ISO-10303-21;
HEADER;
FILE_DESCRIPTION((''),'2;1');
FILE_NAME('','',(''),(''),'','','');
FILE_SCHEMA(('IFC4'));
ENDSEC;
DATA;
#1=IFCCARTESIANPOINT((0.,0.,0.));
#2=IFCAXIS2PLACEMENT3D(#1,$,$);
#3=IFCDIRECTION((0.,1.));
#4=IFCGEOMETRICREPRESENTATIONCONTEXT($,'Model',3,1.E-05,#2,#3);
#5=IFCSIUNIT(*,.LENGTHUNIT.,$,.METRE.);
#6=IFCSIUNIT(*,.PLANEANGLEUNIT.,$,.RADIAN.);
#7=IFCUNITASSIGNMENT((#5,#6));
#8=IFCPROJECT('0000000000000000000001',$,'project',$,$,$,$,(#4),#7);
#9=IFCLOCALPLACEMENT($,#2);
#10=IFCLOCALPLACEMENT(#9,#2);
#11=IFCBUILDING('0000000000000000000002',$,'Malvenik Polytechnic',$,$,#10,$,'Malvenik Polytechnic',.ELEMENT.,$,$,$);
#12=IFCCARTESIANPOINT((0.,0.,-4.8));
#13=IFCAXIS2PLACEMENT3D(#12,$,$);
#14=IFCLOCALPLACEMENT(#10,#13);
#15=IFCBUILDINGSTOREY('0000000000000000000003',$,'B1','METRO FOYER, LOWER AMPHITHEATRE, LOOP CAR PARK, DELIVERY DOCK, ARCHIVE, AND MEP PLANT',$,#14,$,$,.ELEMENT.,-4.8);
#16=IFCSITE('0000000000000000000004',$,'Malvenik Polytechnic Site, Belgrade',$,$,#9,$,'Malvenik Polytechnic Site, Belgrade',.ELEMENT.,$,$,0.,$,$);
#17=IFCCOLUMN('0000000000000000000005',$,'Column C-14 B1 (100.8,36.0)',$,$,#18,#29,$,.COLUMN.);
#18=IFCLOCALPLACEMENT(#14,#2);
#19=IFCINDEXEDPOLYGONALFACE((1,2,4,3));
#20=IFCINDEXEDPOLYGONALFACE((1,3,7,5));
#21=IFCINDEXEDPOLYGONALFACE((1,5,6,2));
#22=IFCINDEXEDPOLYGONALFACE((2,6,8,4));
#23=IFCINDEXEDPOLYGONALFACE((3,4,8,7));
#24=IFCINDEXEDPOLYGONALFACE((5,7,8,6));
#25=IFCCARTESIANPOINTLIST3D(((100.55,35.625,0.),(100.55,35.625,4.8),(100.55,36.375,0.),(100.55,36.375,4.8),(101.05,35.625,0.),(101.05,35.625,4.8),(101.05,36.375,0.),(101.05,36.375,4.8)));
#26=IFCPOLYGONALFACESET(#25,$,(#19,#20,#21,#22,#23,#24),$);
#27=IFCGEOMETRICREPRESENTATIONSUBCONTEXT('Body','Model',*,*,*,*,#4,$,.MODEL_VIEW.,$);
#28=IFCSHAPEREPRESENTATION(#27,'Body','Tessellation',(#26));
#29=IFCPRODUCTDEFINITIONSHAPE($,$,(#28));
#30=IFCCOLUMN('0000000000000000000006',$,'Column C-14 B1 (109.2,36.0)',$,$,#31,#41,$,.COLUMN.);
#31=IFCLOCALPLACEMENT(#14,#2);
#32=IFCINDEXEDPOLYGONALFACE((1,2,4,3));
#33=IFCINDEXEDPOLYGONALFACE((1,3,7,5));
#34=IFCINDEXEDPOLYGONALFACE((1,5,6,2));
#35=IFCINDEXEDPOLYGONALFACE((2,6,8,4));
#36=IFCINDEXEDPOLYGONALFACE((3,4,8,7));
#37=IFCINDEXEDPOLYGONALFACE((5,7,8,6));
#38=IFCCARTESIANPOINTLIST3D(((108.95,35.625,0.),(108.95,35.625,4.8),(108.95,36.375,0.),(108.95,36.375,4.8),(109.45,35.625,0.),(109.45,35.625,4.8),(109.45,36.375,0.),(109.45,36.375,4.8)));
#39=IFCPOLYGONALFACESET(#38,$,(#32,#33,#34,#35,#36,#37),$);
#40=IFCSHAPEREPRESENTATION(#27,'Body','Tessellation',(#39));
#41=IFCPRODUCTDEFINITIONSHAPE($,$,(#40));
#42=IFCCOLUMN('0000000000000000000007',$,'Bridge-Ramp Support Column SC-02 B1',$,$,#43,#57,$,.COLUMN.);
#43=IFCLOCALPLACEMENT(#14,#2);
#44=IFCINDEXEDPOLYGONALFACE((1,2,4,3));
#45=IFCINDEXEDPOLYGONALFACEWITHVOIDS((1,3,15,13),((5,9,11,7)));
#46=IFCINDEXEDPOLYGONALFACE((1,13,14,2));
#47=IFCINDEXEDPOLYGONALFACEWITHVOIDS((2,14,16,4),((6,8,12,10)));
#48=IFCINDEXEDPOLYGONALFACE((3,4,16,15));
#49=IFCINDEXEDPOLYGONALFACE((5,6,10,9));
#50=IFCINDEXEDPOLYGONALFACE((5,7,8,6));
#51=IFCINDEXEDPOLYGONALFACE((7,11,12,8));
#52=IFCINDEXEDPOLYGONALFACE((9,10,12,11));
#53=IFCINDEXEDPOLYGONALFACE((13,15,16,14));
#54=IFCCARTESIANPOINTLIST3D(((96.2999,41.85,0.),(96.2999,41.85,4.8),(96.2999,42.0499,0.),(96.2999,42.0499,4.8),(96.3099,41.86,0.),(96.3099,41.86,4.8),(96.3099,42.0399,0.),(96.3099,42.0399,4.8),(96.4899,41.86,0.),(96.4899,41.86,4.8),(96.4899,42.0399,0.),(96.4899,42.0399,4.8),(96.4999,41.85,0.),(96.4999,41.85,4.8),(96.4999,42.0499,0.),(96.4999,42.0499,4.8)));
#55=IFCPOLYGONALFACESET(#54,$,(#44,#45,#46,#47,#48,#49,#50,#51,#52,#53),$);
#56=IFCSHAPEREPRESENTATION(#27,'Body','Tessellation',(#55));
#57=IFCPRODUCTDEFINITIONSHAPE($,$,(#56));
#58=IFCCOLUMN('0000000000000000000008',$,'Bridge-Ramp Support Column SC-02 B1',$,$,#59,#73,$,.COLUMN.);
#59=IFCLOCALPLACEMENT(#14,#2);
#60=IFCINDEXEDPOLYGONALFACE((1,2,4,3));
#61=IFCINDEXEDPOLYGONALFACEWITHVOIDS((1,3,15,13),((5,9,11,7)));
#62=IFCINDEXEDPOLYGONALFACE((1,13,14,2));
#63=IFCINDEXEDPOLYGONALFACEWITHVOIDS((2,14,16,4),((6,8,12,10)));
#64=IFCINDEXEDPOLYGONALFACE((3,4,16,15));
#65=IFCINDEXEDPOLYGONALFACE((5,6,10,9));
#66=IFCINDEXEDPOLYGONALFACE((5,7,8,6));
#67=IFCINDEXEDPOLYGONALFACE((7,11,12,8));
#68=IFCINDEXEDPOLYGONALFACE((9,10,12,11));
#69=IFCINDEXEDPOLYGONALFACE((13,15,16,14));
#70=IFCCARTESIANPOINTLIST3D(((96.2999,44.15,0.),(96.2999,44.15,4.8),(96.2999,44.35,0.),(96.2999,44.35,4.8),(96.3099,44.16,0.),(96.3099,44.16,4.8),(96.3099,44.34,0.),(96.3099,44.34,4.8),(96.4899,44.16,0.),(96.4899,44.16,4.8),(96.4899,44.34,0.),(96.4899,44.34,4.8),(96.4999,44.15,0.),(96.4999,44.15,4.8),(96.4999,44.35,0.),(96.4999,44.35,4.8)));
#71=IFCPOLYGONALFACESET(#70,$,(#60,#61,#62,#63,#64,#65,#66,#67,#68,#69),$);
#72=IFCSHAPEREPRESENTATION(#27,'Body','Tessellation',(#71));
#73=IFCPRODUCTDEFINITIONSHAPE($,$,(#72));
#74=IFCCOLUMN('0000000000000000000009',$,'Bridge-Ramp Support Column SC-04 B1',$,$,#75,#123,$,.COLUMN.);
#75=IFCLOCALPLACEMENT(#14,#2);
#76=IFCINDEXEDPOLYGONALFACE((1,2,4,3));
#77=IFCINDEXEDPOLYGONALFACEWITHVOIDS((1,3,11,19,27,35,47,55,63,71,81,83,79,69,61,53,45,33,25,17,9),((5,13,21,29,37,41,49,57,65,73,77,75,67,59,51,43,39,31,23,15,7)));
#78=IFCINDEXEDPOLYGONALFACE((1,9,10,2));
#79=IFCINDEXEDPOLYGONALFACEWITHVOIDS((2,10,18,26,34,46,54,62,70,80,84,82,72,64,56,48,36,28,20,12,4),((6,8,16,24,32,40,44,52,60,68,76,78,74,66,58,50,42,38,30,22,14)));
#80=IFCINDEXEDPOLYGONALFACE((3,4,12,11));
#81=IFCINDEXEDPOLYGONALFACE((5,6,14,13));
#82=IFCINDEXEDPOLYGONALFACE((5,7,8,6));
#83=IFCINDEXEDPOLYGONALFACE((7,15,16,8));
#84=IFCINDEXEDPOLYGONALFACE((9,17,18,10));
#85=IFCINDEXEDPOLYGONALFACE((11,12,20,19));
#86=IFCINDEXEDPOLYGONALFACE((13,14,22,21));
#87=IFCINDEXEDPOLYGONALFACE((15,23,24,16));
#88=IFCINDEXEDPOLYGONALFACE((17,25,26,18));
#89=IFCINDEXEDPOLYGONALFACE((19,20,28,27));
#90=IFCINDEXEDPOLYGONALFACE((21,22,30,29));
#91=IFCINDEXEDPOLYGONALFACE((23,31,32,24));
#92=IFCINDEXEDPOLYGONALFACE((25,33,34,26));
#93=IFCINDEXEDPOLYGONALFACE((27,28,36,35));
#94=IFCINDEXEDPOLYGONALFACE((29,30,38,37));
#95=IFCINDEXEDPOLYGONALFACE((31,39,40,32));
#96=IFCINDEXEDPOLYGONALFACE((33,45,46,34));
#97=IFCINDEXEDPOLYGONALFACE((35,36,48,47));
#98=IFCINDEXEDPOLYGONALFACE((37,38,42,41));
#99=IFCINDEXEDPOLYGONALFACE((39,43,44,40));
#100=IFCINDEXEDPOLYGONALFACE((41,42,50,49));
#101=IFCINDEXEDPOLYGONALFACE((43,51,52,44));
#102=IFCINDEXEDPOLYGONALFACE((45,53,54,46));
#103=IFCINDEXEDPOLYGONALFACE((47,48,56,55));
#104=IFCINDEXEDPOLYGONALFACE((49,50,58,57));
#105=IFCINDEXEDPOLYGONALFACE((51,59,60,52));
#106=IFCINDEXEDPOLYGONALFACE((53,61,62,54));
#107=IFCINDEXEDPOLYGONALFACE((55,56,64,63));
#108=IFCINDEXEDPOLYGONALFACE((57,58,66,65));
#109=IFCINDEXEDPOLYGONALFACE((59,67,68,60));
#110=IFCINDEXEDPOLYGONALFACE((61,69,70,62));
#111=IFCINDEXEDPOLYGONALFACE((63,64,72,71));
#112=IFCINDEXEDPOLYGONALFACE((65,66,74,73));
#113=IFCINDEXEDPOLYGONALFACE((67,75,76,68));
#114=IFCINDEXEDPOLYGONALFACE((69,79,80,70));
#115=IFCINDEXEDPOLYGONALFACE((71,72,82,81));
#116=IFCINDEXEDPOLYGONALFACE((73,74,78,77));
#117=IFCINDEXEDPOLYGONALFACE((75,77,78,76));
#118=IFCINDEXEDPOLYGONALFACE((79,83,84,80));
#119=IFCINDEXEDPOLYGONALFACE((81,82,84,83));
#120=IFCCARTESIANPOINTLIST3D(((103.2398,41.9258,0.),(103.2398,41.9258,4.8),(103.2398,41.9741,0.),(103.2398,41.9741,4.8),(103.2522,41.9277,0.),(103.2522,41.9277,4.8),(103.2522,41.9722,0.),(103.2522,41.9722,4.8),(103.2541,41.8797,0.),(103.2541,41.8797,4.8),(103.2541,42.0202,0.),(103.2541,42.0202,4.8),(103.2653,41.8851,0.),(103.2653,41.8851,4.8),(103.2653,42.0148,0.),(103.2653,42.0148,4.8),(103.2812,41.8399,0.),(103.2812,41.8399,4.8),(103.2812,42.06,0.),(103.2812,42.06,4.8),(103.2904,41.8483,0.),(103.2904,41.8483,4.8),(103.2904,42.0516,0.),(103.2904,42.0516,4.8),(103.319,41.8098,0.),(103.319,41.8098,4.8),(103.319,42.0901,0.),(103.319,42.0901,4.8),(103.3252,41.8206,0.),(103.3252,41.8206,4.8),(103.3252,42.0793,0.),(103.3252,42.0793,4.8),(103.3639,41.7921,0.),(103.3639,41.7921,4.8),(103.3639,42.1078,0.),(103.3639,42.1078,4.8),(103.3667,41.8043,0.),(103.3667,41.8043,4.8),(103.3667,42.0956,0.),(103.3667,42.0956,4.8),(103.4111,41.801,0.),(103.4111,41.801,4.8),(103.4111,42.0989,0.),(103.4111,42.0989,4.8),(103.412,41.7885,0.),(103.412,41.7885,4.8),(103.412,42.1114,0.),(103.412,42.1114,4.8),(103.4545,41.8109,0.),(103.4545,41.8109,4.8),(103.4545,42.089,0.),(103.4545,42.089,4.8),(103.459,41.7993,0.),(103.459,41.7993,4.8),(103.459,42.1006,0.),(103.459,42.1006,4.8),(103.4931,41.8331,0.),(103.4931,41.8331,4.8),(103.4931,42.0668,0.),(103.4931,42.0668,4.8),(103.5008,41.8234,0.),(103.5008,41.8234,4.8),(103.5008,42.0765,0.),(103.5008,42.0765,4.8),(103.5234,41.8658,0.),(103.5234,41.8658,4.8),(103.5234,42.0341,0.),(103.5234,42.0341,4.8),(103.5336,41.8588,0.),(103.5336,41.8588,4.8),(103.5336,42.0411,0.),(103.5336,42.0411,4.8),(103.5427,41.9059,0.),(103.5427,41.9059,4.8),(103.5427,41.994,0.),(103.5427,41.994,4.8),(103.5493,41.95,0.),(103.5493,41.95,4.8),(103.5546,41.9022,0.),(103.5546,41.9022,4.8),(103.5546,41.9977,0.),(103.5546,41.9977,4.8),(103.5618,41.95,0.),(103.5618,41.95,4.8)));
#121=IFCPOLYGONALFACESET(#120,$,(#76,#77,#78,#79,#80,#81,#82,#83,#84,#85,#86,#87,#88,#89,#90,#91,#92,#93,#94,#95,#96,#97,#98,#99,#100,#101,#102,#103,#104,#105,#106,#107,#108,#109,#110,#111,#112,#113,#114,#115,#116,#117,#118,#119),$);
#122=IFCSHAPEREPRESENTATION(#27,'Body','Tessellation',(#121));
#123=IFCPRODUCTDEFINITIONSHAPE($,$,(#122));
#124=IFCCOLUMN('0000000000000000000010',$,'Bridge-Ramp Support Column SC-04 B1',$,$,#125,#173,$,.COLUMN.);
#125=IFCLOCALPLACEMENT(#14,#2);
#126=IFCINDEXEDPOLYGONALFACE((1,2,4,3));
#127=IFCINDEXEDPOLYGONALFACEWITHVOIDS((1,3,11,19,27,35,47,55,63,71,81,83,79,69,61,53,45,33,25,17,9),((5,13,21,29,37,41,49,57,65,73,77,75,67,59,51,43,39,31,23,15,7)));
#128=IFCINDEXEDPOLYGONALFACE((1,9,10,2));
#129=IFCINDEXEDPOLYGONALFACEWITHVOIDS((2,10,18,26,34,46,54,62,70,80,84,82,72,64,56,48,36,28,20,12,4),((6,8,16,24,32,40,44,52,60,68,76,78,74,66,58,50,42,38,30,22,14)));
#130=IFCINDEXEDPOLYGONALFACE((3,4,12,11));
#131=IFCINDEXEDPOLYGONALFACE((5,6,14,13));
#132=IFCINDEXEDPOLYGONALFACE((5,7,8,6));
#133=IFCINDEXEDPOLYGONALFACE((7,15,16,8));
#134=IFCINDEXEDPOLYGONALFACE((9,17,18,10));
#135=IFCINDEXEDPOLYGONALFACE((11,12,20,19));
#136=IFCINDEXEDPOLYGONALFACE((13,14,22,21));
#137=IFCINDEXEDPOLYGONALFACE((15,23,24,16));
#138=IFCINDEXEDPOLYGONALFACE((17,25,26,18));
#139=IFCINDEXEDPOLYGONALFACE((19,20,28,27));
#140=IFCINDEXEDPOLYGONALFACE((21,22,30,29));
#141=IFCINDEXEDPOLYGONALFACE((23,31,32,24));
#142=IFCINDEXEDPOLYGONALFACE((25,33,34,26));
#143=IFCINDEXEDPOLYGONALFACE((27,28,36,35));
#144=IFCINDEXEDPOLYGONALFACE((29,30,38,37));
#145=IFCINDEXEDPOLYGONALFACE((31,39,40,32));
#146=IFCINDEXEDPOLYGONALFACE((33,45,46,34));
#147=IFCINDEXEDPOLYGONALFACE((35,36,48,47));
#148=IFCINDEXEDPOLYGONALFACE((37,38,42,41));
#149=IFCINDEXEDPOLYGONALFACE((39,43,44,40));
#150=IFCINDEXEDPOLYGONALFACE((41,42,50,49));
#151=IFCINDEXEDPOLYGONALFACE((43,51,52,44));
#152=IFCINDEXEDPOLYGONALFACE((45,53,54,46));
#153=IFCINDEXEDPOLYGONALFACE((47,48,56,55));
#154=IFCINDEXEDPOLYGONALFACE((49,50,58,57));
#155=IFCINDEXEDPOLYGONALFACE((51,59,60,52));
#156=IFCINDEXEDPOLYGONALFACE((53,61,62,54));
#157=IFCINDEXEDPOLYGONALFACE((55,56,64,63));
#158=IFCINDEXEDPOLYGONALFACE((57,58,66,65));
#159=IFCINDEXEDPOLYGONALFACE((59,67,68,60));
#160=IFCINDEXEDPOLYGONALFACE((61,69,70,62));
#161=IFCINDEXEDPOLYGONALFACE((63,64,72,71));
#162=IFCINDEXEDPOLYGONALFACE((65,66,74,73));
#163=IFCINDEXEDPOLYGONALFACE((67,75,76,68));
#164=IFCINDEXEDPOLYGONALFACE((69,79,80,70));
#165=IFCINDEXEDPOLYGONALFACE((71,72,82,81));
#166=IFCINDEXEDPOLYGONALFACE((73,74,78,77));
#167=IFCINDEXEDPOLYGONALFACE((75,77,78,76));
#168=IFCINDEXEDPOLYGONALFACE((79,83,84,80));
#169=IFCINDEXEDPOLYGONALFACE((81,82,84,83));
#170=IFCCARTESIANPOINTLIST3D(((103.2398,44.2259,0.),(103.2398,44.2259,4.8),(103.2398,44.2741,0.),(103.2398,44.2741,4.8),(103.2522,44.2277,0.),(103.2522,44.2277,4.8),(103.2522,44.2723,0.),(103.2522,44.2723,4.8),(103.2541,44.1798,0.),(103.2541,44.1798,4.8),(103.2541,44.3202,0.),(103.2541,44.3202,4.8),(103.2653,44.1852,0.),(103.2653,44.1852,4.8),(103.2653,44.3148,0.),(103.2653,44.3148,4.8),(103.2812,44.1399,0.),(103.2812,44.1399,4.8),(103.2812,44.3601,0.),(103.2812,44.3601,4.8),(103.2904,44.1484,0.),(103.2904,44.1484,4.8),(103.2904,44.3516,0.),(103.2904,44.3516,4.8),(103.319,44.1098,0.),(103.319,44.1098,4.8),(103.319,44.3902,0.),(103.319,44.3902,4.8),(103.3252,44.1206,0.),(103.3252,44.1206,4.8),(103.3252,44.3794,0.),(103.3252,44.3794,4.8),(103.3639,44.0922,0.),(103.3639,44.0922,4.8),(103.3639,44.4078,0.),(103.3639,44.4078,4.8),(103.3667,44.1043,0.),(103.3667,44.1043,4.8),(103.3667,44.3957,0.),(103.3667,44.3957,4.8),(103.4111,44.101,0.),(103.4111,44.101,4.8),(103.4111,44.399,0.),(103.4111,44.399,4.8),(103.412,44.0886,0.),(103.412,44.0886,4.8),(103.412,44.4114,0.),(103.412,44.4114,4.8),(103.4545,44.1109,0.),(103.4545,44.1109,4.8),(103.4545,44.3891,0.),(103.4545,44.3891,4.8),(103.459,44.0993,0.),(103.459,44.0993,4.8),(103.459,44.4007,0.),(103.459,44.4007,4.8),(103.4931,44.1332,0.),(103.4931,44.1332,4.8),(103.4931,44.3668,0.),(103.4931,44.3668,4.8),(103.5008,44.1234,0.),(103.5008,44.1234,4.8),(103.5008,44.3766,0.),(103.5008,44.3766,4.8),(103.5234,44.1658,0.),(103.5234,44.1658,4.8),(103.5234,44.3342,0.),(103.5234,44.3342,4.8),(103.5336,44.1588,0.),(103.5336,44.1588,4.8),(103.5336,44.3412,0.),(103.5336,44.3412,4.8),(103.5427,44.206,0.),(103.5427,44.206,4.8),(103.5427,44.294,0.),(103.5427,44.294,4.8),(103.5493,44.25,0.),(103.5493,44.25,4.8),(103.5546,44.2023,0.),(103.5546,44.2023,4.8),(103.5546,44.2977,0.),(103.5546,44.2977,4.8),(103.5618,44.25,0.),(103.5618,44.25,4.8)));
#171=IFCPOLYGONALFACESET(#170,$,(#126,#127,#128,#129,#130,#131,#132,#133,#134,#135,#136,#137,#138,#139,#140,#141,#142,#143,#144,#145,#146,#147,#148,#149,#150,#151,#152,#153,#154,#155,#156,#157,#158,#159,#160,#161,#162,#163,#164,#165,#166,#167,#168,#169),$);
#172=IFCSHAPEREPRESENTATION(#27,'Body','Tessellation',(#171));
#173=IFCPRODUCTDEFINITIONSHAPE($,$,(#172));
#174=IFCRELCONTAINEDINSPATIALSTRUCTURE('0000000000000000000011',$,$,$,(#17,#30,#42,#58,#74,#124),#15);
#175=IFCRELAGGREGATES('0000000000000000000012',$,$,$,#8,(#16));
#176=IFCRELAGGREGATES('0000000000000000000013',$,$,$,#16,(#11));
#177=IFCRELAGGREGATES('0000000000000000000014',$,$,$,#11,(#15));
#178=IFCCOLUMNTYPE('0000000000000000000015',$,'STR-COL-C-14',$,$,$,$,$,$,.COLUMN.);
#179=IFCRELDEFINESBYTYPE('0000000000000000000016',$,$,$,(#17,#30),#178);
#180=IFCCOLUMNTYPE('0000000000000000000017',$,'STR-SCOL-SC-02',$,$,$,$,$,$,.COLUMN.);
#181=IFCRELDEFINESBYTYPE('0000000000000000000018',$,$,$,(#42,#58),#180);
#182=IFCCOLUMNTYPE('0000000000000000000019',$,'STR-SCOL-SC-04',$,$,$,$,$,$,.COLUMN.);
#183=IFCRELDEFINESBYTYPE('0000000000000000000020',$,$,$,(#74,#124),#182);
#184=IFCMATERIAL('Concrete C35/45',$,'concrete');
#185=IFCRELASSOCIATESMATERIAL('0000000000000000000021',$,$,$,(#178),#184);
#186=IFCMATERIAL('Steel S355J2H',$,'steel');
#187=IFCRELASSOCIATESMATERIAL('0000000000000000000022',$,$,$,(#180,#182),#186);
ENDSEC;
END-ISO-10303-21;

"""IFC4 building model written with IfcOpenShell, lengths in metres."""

from ifc_helpers import new_model, si_unit, direction, frame, origin, origin_2d, place, context, subcontext, project, spatial, rectangle, hollow_rectangle, hollow_circle, extrude, material, material_profile, profile_set, type_object, element, save


model = new_model("IFC4")

# Units and contexts
model_context = context("Model", 3, precision=1e-05, world=origin(), true_north=direction((0.0, 1.0)))
body_context = subcontext(model_context, "Body", "Model", "MODEL_VIEW")
ifc_project = project(units=[si_unit("LENGTHUNIT", "METRE"), si_unit("PLANEANGLEUNIT", "RADIAN")], contexts=[model_context])

# Site, building, storey
site_placement = place(None, origin())
site = spatial("IfcSite", under=ifc_project, at=site_placement, Name="Malvenik Polytechnic Site, Belgrade", LongName="Malvenik Polytechnic Site, Belgrade", CompositionType="ELEMENT", RefElevation=0.0)
building_placement = place(site_placement, origin())
building = spatial("IfcBuilding", under=site, at=building_placement, Name="Malvenik Polytechnic", LongName="Malvenik Polytechnic", CompositionType="ELEMENT")
storey_placement = place(building_placement, frame((0.0, 0.0, -4.8)))
storey = spatial("IfcBuildingStorey", under=building, at=storey_placement, Name="B1", Description="METRO FOYER, LOWER AMPHITHEATRE, LOOP CAR PARK, DELIVERY DOCK, ARCHIVE, AND MEP PLANT", CompositionType="ELEMENT", Elevation=-4.8)

# Shared definitions
ifc_material_1 = material(Name="Concrete C35/45", Category="concrete")

# Columns
ifc_material_profile_1 = material_profile(ifc_material_1, rectangle(XDim=0.5, YDim=0.75, at=origin_2d()), Name="RC COL 750x500")
ifc_profile_set_1 = profile_set([ifc_material_profile_1], Name="Concrete C35/45")
column_type_1 = type_object("IfcColumnType", Name="STR-COL-C-14", PredefinedType="COLUMN", material=ifc_profile_set_1)
for number, where, z_axis, x_axis, name in (
    (1, (100.8, 36.0, 0.0), (0.0, 0.0, 1.0), (1.0, 0.0, 0.0), "Column C-14 B1 (100.8,36.0)"),
    (2, (109.2, 36.0, 0.0), (0.0, 0.0, 1.0), (1.0, 0.0, 0.0), "Column C-14 B1 (109.2,36.0)"),
):
    element("IfcColumn", number, at=place(storey_placement, frame(where, z_axis=z_axis, x_axis=x_axis)), inside=storey, type_object=column_type_1, Name=name, PredefinedType="COLUMN", context=body_context, shape_type="SweptSolid", body=[
        extrude(rectangle(XDim=0.5, YDim=0.75, at=origin_2d()), origin(), (0.0, 0.0, 1.0), 4.8),
    ])
ifc_material_2 = material(Name="Steel S355J2H", Category="steel")
ifc_material_profile_2 = material_profile(ifc_material_2, hollow_rectangle(XDim=0.2, YDim=0.2, WallThickness=0.01, at=origin_2d()), Name="SHS 200x200x10.0")
ifc_profile_set_2 = profile_set([ifc_material_profile_2], Name="Steel S355J2H")
column_type_2 = type_object("IfcColumnType", Name="STR-SCOL-SC-02", PredefinedType="COLUMN", material=ifc_profile_set_2)
for number, where, z_axis, x_axis, name in (
    (3, (96.3999, 41.95, 0.0), (0.0, 0.0, 1.0), (1.0, 0.0, 0.0), "Bridge-Ramp Support Column SC-02 B1"),
    (4, (96.3999, 44.25, 0.0), (0.0, 0.0, 1.0), (1.0, 0.0, 0.0), "Bridge-Ramp Support Column SC-02 B1"),
):
    element("IfcColumn", number, at=place(storey_placement, frame(where, z_axis=z_axis, x_axis=x_axis)), inside=storey, type_object=column_type_2, Name=name, PredefinedType="COLUMN", context=body_context, shape_type="SweptSolid", body=[
        extrude(hollow_rectangle(XDim=0.2, YDim=0.2, WallThickness=0.01, at=origin_2d()), origin(), (0.0, 0.0, 1.0), 4.8),
    ])
ifc_material_profile_3 = material_profile(ifc_material_2, hollow_circle(Radius=0.1619, WallThickness=0.0125, at=origin_2d()), Name="CHS 323.9x12.5")
ifc_profile_set_3 = profile_set([ifc_material_profile_3], Name="Steel S355J2H")
column_type_3 = type_object("IfcColumnType", Name="STR-SCOL-SC-04", PredefinedType="COLUMN", material=ifc_profile_set_3)
for number, where, z_axis, x_axis, name in (
    (5, (103.3999, 41.95, 0.0), (0.0, 0.0, 1.0), (1.0, 0.0, 0.0), "Bridge-Ramp Support Column SC-04 B1"),
    (6, (103.3999, 44.25, 0.0), (0.0, 0.0, 1.0), (1.0, 0.0, 0.0), "Bridge-Ramp Support Column SC-04 B1"),
):
    element("IfcColumn", number, at=place(storey_placement, frame(where, z_axis=z_axis, x_axis=x_axis)), inside=storey, type_object=column_type_3, Name=name, PredefinedType="COLUMN", context=body_context, shape_type="SweptSolid", body=[
        extrude(hollow_circle(Radius=0.1619, WallThickness=0.0125, at=origin_2d()), origin(), (0.0, 0.0, 1.0), 4.8),
    ])

save(model, "model.ifc")
